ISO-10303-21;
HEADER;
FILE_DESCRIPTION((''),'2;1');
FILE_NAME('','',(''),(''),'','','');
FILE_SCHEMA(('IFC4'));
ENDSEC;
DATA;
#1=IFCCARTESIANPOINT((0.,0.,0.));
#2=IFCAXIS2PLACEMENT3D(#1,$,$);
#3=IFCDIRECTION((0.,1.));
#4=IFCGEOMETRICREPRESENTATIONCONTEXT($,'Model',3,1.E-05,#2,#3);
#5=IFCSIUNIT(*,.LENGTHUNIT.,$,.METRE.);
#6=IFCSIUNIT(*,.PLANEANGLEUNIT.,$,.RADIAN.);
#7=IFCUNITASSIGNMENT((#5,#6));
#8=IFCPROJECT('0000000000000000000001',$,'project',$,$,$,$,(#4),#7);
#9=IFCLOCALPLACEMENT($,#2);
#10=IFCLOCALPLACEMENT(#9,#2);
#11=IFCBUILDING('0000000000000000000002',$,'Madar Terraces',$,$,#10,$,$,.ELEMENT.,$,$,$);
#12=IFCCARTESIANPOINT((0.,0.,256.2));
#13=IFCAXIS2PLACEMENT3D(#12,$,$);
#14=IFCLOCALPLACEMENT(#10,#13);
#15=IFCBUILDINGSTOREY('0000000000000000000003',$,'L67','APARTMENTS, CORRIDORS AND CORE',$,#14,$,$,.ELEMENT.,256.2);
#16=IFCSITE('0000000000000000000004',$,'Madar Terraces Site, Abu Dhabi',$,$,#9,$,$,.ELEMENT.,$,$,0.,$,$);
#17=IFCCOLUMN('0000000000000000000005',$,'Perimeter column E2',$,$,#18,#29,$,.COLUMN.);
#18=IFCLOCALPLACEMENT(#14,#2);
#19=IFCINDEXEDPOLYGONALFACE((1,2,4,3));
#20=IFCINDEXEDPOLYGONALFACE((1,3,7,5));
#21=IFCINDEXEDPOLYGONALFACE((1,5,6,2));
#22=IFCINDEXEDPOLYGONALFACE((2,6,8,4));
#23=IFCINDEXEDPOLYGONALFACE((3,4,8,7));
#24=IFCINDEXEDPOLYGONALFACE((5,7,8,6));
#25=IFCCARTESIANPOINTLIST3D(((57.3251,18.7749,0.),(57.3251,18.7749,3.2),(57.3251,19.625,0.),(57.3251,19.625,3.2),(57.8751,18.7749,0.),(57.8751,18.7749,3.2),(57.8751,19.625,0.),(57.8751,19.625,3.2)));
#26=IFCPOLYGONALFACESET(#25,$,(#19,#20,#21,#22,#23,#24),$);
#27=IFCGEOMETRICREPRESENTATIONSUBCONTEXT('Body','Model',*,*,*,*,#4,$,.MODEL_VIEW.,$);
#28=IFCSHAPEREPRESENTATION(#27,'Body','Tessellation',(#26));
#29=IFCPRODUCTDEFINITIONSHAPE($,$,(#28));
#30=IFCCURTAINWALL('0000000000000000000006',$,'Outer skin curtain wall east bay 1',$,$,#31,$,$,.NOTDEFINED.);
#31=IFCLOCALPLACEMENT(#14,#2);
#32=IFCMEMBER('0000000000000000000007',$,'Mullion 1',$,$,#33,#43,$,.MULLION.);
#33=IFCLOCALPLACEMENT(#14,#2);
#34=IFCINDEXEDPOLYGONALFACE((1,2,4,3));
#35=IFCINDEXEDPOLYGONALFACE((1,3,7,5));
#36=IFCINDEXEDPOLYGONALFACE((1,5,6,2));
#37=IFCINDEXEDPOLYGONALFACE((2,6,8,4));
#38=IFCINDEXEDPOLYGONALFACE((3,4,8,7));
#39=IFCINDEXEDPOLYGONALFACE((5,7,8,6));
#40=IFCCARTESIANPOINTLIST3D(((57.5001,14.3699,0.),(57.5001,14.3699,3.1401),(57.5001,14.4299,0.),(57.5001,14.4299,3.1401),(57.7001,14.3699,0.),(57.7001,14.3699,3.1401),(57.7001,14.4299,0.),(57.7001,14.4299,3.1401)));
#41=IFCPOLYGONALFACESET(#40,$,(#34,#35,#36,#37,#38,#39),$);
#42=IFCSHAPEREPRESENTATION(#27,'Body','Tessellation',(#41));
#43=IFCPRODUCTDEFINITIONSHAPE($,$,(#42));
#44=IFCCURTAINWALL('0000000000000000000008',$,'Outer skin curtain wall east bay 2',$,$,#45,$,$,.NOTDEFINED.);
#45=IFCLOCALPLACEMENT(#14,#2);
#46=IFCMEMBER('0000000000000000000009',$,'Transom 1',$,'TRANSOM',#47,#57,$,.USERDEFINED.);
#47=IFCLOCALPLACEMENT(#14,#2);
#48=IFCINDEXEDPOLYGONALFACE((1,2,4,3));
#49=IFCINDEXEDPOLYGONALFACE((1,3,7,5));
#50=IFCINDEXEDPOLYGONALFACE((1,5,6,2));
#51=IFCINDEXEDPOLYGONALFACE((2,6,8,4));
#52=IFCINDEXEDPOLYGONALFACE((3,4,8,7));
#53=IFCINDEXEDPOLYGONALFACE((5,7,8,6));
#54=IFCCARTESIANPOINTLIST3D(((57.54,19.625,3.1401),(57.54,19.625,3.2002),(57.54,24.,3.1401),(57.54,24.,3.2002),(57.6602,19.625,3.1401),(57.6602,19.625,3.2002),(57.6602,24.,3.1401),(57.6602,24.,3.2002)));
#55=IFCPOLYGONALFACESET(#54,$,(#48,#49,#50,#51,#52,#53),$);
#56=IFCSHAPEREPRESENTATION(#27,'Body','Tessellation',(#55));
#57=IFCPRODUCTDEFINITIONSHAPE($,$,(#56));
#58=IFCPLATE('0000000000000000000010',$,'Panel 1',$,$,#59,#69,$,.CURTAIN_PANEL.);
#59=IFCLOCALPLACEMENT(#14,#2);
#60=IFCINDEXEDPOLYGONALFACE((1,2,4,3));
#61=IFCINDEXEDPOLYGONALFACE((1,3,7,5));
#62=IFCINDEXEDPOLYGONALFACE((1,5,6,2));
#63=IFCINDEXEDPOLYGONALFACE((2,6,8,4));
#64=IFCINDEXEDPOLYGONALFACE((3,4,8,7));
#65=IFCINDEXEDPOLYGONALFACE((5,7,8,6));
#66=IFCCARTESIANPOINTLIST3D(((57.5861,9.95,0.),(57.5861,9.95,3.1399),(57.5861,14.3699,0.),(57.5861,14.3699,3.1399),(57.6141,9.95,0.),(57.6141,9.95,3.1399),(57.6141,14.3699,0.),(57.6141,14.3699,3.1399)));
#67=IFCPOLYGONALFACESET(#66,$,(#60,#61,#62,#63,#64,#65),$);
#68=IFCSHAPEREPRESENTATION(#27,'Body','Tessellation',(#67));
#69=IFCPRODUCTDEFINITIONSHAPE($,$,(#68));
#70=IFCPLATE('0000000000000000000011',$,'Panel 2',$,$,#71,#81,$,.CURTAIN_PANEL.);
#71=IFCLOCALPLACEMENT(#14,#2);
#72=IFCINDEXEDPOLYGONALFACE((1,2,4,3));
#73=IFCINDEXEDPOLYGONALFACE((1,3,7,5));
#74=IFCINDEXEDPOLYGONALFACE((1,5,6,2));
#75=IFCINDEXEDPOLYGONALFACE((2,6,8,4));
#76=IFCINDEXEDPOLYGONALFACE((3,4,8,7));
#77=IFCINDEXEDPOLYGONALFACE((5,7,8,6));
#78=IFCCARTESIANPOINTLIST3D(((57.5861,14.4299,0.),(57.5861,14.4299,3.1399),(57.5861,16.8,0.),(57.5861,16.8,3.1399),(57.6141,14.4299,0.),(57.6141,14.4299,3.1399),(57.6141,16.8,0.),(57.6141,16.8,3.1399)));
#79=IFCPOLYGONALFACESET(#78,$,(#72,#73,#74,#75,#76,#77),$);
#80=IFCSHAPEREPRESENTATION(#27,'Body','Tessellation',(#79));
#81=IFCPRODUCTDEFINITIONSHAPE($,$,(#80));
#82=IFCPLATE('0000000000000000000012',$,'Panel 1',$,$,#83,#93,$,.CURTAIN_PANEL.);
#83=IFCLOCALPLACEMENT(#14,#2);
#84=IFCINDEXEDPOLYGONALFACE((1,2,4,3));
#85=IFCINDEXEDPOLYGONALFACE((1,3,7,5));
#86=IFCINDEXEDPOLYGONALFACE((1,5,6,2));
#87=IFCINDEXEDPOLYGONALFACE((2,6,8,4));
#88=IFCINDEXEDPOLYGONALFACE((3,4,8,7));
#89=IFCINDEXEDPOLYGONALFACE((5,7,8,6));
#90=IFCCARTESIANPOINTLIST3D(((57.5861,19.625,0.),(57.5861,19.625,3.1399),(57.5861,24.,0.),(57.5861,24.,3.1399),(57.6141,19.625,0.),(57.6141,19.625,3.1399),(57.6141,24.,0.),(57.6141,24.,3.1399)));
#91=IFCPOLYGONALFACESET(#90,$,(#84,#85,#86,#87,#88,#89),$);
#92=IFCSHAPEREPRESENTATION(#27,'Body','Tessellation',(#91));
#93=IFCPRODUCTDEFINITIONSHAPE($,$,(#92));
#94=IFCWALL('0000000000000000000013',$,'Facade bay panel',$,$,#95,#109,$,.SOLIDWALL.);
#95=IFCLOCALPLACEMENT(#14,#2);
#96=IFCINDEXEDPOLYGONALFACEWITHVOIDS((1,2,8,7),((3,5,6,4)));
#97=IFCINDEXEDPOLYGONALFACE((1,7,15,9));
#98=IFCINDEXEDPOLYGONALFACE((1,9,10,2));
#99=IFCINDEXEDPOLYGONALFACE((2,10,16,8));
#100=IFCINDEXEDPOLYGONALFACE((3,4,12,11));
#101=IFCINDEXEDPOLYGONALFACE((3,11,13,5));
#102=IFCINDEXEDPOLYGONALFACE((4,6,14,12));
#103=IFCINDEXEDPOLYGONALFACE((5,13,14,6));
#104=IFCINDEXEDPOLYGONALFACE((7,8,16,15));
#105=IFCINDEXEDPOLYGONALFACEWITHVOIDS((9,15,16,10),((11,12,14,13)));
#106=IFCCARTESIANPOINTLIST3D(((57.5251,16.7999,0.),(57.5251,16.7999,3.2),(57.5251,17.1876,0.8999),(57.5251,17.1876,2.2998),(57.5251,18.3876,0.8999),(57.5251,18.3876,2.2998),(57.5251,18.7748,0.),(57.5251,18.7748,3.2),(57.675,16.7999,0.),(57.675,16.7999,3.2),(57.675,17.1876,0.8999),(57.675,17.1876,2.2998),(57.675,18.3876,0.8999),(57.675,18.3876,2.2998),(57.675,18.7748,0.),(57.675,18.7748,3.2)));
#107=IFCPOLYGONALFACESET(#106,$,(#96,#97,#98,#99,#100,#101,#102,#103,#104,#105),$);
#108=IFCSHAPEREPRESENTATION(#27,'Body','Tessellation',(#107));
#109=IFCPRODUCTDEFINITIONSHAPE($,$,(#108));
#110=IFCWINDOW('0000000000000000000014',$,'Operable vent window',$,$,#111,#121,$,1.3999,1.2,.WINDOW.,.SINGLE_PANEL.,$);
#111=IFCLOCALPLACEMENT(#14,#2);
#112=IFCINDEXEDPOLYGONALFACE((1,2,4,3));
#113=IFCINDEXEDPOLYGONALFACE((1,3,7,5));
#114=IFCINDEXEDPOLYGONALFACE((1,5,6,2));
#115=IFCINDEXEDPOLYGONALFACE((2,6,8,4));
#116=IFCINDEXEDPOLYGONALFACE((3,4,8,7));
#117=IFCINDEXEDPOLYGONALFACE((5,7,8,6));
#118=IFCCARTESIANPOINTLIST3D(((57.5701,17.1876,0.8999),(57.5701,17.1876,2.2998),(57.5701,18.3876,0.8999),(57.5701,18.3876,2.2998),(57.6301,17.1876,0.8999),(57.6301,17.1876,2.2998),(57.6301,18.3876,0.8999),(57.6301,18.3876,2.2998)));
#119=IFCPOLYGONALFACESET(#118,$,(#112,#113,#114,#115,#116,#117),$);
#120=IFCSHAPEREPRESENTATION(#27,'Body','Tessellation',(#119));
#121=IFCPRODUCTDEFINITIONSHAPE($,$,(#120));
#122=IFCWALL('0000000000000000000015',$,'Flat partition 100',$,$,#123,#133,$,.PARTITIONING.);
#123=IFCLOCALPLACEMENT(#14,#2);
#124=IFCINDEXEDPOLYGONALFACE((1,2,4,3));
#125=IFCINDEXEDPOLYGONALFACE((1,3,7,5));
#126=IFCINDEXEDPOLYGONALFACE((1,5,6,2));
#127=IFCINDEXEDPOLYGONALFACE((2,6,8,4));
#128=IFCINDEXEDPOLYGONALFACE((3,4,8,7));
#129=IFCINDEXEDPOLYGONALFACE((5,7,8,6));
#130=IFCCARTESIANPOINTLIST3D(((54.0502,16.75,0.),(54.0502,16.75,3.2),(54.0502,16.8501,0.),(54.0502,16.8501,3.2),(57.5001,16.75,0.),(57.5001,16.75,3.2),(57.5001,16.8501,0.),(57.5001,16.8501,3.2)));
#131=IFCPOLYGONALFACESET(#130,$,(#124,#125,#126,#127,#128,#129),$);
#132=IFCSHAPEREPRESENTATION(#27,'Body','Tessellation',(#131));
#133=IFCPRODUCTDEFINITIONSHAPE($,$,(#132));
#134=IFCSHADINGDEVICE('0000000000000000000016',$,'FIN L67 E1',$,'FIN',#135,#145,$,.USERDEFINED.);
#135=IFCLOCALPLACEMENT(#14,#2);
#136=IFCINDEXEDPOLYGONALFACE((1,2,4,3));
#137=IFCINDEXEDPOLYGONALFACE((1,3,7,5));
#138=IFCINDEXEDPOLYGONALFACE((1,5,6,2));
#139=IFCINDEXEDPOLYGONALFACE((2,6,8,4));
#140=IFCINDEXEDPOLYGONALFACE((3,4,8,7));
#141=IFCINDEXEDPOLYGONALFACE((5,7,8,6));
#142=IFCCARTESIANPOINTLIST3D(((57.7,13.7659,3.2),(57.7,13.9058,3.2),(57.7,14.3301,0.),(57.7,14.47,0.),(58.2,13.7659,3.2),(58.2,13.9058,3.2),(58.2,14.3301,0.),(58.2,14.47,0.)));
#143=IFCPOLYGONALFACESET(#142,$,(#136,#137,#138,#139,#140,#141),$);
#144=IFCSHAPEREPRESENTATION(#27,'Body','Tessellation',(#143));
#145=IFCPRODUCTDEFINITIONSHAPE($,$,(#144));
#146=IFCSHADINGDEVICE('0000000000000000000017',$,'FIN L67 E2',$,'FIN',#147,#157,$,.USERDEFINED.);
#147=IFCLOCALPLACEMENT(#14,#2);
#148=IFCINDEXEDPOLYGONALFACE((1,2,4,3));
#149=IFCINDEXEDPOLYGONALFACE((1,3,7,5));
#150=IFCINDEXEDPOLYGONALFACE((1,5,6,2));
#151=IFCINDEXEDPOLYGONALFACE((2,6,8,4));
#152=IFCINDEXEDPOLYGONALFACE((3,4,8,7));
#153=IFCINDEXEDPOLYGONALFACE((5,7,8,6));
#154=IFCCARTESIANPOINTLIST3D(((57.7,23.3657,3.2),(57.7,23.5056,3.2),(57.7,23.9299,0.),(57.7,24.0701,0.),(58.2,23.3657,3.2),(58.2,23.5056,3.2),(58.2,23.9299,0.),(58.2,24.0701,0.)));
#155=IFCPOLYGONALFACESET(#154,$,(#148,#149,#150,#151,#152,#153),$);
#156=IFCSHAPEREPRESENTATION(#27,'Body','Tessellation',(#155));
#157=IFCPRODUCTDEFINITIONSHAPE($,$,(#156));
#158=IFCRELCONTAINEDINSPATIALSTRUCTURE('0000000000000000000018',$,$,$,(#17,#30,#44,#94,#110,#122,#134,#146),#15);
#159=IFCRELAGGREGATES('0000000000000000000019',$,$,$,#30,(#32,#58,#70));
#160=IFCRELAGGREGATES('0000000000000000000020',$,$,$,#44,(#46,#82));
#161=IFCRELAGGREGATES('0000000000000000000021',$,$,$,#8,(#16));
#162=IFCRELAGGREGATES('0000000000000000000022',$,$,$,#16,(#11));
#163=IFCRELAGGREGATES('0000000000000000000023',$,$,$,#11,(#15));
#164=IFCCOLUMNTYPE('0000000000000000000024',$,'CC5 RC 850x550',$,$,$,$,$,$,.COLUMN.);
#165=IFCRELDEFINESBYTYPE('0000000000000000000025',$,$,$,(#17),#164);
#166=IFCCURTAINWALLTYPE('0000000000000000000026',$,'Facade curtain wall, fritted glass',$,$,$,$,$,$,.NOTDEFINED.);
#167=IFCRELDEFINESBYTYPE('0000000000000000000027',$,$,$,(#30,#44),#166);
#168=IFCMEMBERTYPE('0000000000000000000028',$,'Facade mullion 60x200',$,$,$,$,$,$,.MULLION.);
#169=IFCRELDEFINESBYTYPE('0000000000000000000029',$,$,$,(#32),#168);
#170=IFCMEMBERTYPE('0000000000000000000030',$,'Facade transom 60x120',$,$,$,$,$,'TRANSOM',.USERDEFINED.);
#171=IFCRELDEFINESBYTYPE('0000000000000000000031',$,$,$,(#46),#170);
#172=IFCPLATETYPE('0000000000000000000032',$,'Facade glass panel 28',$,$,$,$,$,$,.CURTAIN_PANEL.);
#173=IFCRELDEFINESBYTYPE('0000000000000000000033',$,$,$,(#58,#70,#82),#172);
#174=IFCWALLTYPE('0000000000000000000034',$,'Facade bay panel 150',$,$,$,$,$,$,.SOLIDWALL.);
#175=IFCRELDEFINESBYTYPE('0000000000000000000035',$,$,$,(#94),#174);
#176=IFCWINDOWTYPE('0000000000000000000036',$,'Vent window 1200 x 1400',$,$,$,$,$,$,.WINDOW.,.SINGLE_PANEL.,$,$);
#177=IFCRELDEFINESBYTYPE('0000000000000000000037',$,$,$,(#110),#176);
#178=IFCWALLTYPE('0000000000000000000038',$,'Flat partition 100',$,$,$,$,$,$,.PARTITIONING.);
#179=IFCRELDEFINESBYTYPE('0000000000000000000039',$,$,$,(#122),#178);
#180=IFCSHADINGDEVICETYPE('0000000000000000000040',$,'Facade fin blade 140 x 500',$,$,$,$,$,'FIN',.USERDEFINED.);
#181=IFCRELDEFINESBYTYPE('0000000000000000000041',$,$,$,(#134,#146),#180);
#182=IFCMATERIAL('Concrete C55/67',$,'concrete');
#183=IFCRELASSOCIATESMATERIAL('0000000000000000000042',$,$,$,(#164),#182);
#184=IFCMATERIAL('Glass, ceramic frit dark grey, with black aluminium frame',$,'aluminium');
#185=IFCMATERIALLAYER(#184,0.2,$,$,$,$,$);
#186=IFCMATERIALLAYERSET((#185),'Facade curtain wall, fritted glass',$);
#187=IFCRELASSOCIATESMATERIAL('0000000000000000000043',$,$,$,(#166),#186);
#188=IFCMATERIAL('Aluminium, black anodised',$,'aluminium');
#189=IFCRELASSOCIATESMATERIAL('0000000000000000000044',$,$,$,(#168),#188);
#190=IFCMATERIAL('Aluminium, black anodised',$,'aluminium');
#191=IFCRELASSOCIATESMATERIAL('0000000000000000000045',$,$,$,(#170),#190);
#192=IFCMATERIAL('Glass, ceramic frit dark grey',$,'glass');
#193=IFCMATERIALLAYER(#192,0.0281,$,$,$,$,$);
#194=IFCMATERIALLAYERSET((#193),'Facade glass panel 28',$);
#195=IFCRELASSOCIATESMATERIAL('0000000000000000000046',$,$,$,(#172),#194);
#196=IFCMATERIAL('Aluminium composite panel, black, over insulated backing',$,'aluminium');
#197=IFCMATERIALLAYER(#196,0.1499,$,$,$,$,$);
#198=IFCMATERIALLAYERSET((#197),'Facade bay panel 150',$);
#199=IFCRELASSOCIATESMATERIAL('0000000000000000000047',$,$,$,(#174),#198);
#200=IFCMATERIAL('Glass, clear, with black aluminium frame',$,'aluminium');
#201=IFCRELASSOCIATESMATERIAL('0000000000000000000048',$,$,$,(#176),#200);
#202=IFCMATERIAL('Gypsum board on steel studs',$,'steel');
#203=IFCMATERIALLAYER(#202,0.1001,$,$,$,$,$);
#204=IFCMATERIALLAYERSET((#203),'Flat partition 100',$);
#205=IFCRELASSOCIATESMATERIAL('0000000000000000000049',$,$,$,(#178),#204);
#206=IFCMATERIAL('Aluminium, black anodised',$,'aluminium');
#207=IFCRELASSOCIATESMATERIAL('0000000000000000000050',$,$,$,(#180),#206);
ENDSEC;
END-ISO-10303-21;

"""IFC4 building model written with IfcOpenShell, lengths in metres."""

from ifc_helpers import new_model, si_unit, direction, frame, frame_2d, origin, origin_2d, place, context, subcontext, project, spatial, polyline, rectangle, outline, extrude, material, layer, layer_set, material_profile, profile_set, type_object, element, fill, aggregate, save


model = new_model("IFC4")

# Units and contexts
model_context = context("Model", 3, precision=1e-05, world=origin(), true_north=direction((0.0, 1.0)))
body_context = subcontext(model_context, "Body", "Model", "MODEL_VIEW")
ifc_project = project(units=[si_unit("LENGTHUNIT", "METRE"), si_unit("PLANEANGLEUNIT", "RADIAN")], contexts=[model_context])

# Site, building, storey
site_placement = place(None, origin())
site = spatial("IfcSite", under=ifc_project, at=site_placement, Name="Madar Terraces Site, Abu Dhabi", CompositionType="ELEMENT", RefElevation=0.0)
building_placement = place(site_placement, origin())
building = spatial("IfcBuilding", under=site, at=building_placement, Name="Madar Terraces", CompositionType="ELEMENT")
storey_placement = place(building_placement, frame((0.0, 0.0, 256.2)))
storey = spatial("IfcBuildingStorey", under=building, at=storey_placement, Name="L67", Description="APARTMENTS, CORRIDORS AND CORE", CompositionType="ELEMENT", Elevation=256.2)

# Column
ifc_material_1 = material(Name="Concrete C55/67", Category="concrete")
ifc_material_profile_1 = material_profile(ifc_material_1, rectangle(XDim=0.8501, YDim=0.55, at=origin_2d()), Name="CC5 RC 850x550")
ifc_profile_set_1 = profile_set([ifc_material_profile_1], Name="Concrete C55/67")
column_type = type_object("IfcColumnType", Name="CC5 RC 850x550", PredefinedType="COLUMN", material=ifc_profile_set_1)
column_placement = place(storey_placement, frame((57.6001, 19.2, 0.0), z_axis=(0.0, 0.0, 1.0), x_axis=(0.0, 1.0, 0.0)))
element("IfcColumn", 1, at=column_placement, inside=storey, type_object=column_type, Name="Perimeter column E2", PredefinedType="COLUMN", context=body_context, shape_type="SweptSolid", body=[
    extrude(rectangle(XDim=0.8501, YDim=0.55, at=origin_2d()), origin(), (0.0, 0.0, 1.0), 3.2),
])

# Curtain walls, members
ifc_material_2 = material(Name="Glass, ceramic frit dark grey, with black aluminium frame", Category="aluminium")
ifc_layer_1 = layer(ifc_material_2, 0.2)
ifc_layer_set_1 = layer_set([ifc_layer_1], Name="Facade curtain wall, fritted glass")
curtain_wall_type = type_object("IfcCurtainWallType", Name="Facade curtain wall, fritted glass", PredefinedType="NOTDEFINED", material=ifc_layer_set_1)
curtain_wall_1_placement = place(storey_placement, origin())
curtain_wall_1 = element("IfcCurtainWall", 2, at=curtain_wall_1_placement, inside=storey, type_object=curtain_wall_type, Name="Outer skin curtain wall east bay 1", PredefinedType="NOTDEFINED")
ifc_material_3 = material(Name="Aluminium, black anodised", Category="aluminium")
ifc_material_profile_2 = material_profile(ifc_material_3, rectangle(XDim=0.2, YDim=0.0601, at=origin_2d()), Name="Facade mullion 60x200")
ifc_profile_set_2 = profile_set([ifc_material_profile_2], Name="Aluminium, black anodised")
member_type_1 = type_object("IfcMemberType", Name="Facade mullion 60x200", PredefinedType="MULLION", material=ifc_profile_set_2)
member_1_placement = place(storey_placement, frame((57.6001, 14.3999, 0.0), z_axis=(0.0, 0.0, 1.0), x_axis=(-1.0, 0.0, 0.0)))
member_1 = element("IfcMember", 3, at=member_1_placement, type_object=member_type_1, Name="Mullion 1", PredefinedType="MULLION", context=body_context, shape_type="SweptSolid", body=[
    extrude(rectangle(XDim=0.2, YDim=0.0601, at=origin_2d()), origin(), (0.0, 0.0, 1.0), 3.1401),
])
curtain_wall_2_placement = place(storey_placement, origin())
curtain_wall_2 = element("IfcCurtainWall", 4, at=curtain_wall_2_placement, inside=storey, type_object=curtain_wall_type, Name="Outer skin curtain wall east bay 2", PredefinedType="NOTDEFINED")
ifc_material_4 = material(Name="Aluminium, black anodised", Category="aluminium")
ifc_material_profile_3 = material_profile(ifc_material_4, rectangle(XDim=0.1201, YDim=0.0601, at=origin_2d()), Name="Facade transom 60x120")
ifc_profile_set_3 = profile_set([ifc_material_profile_3], Name="Aluminium, black anodised")
member_type_2 = type_object("IfcMemberType", Name="Facade transom 60x120", ElementType="TRANSOM", PredefinedType="USERDEFINED", material=ifc_profile_set_3)
member_2_placement = place(storey_placement, frame((57.6001, 19.625, 3.1702), z_axis=(0.0, 1.0, 0.0), x_axis=(-1.0, 0.0, 0.0)))
member_2 = element("IfcMember", 5, at=member_2_placement, type_object=member_type_2, Name="Transom 1", ObjectType="TRANSOM", PredefinedType="USERDEFINED", context=body_context, shape_type="SweptSolid", body=[
    extrude(rectangle(XDim=0.1201, YDim=0.0601, at=origin_2d()), origin(), (0.0, 0.0, 1.0), 4.375),
])

# Plates
ifc_material_5 = material(Name="Glass, ceramic frit dark grey", Category="glass")
ifc_layer_2 = layer(ifc_material_5, 0.0281)
ifc_layer_set_2 = layer_set([ifc_layer_2], Name="Facade glass panel 28")
plate_type = type_object("IfcPlateType", Name="Facade glass panel 28", PredefinedType="CURTAIN_PANEL", material=ifc_layer_set_2)
plate_1_placement = place(storey_placement, frame((57.6001, 12.1599, 0.0), z_axis=(0.0, 0.0, 1.0), x_axis=(0.0, 1.0, 0.0)))
plate_1 = element("IfcPlate", 6, at=plate_1_placement, type_object=plate_type, Name="Panel 1", PredefinedType="CURTAIN_PANEL", context=body_context, shape_type="SweptSolid", body=[
    extrude(rectangle(XDim=4.4199, YDim=0.0281, at=origin_2d()), origin(), (0.0, 0.0, 1.0), 3.1399),
])
plate_2_placement = place(storey_placement, frame((57.6001, 15.615, 0.0), z_axis=(0.0, 0.0, 1.0), x_axis=(0.0, 1.0, 0.0)))
plate_2 = element("IfcPlate", 7, at=plate_2_placement, type_object=plate_type, Name="Panel 2", PredefinedType="CURTAIN_PANEL", context=body_context, shape_type="SweptSolid", body=[
    extrude(rectangle(XDim=2.3701, YDim=0.0281, at=origin_2d()), origin(), (0.0, 0.0, 1.0), 3.1399),
])
aggregate(curtain_wall_1, [member_1, plate_1, plate_2])
plate_3_placement = place(storey_placement, frame((57.6001, 21.8125, 0.0), z_axis=(0.0, 0.0, 1.0), x_axis=(0.0, 1.0, 0.0)))
plate_3 = element("IfcPlate", 8, at=plate_3_placement, type_object=plate_type, Name="Panel 1", PredefinedType="CURTAIN_PANEL", context=body_context, shape_type="SweptSolid", body=[
    extrude(rectangle(XDim=4.375, YDim=0.0281, at=origin_2d()), origin(), (0.0, 0.0, 1.0), 3.1399),
])
aggregate(curtain_wall_2, [member_2, plate_3])

# Wall, opening, window
ifc_material_6 = material(Name="Aluminium composite panel, black, over insulated backing", Category="aluminium")
ifc_layer_3 = layer(ifc_material_6, 0.1499)
ifc_layer_set_3 = layer_set([ifc_layer_3], Name="Facade bay panel 150")
wall_type_1 = type_object("IfcWallType", Name="Facade bay panel 150", PredefinedType="SOLIDWALL", material=ifc_layer_set_3)
wall_1_placement = place(storey_placement, frame((57.6001, 16.8, 0.0), z_axis=(0.0, 0.0, 1.0), x_axis=(0.0, 1.0, 0.0)))
wall_1 = element("IfcWall", 9, at=wall_1_placement, inside=storey, type_object=wall_type_1, Name="Facade bay panel", PredefinedType="SOLIDWALL", context=body_context, shape_type="SweptSolid", body=[
    extrude(rectangle(XDim=1.9749, YDim=0.1499, at=frame_2d((0.9873, 0.0))), origin(), (0.0, 0.0, 1.0), 3.2),
])
opening_1_placement = place(wall_1_placement, frame((0.3875, 0.0, 0.8999)))
opening_1 = element("IfcOpeningElement", 10, at=opening_1_placement, cuts=wall_1, PredefinedType="OPENING", context=body_context, shape_type="SweptSolid", body=[
    extrude(rectangle(XDim=1.2, YDim=1.3999, at=frame_2d((0.6001, 0.7))), frame((0.0, 0.085, 0.0), z_axis=(0.0, -1.0, 0.0), x_axis=(1.0, 0.0, 0.0)), (0.0, 0.0, 1.0), 0.1699),
])
ifc_material_7 = material(Name="Glass, clear, with black aluminium frame", Category="aluminium")
window_type = type_object("IfcWindowType", Name="Vent window 1200 x 1400", PartitioningType="SINGLE_PANEL", PredefinedType="WINDOW", material=ifc_material_7)
window_1_placement = place(opening_1_placement, origin())
window_1 = element("IfcWindow", 11, at=window_1_placement, inside=storey, type_object=window_type, Name="Operable vent window", OverallHeight=1.3999, OverallWidth=1.2, PartitioningType="SINGLE_PANEL", PredefinedType="WINDOW", context=body_context, shape_type="SweptSolid", body=[
    extrude(rectangle(XDim=1.2, YDim=1.3999, at=frame_2d((0.6001, 0.7))), frame((0.0, 0.03, 0.0), z_axis=(0.0, -1.0, 0.0), x_axis=(1.0, 0.0, 0.0)), (0.0, 0.0, 1.0), 0.0601),
])
fill(opening_1, window_1)

# Wall
ifc_material_8 = material(Name="Gypsum board on steel studs", Category="steel")
ifc_layer_4 = layer(ifc_material_8, 0.1001)
ifc_layer_set_4 = layer_set([ifc_layer_4], Name="Flat partition 100")
wall_type_2 = type_object("IfcWallType", Name="Flat partition 100", PredefinedType="PARTITIONING", material=ifc_layer_set_4)
wall_2_placement = place(storey_placement, frame((54.05, 16.8, 0.0), z_axis=(0.0, 0.0, 1.0), x_axis=(1.0, 0.0, 0.0)))
element("IfcWall", 12, at=wall_2_placement, inside=storey, type_object=wall_type_2, Name="Flat partition 100", PredefinedType="PARTITIONING", context=body_context, shape_type="SweptSolid", body=[
    extrude(rectangle(XDim=3.45, YDim=0.1001, at=frame_2d((1.7251, 0.0))), origin(), (0.0, 0.0, 1.0), 3.2),
])

# Shading devices
ifc_material_9 = material(Name="Aluminium, black anodised", Category="aluminium")
shading_device_type = type_object("IfcShadingDeviceType", Name="Facade fin blade 140 x 500", ElementType="FIN", PredefinedType="USERDEFINED", material=ifc_material_9)
shading_device_1_placement = place(storey_placement, frame((57.95, 14.3301, 0.0), z_axis=(0.0, 0.0, 1.0), x_axis=(0.0, 1.0, 0.0)))
element("IfcShadingDevice", 13, at=shading_device_1_placement, inside=storey, type_object=shading_device_type, Name="FIN L67 E1", ObjectType="FIN", PredefinedType="USERDEFINED", context=body_context, shape_type="SweptSolid", body=[
    extrude(outline(polyline([(0.0, 0.0), (0.1399, 0.0), (-0.4243, 3.2), (-0.5642, 3.2), (0.0, 0.0)])), frame((0.0, 0.25, 0.0), z_axis=(0.0, -1.0, 0.0), x_axis=(1.0, 0.0, 0.0)), (0.0, 0.0, 1.0), 0.5),
])
shading_device_2_placement = place(storey_placement, frame((57.95, 23.9299, 0.0), z_axis=(0.0, 0.0, 1.0), x_axis=(0.0, 1.0, 0.0)))
element("IfcShadingDevice", 14, at=shading_device_2_placement, inside=storey, type_object=shading_device_type, Name="FIN L67 E2", ObjectType="FIN", PredefinedType="USERDEFINED", context=body_context, shape_type="SweptSolid", body=[
    extrude(outline(polyline([(0.0, 0.0), (0.1401, 0.0), (-0.4243, 3.2), (-0.5642, 3.2), (0.0, 0.0)])), frame((0.0, 0.25, 0.0), z_axis=(0.0, -1.0, 0.0), x_axis=(1.0, 0.0, 0.0)), (0.0, 0.0, 1.0), 0.5),
])

save(model, "model.ifc")
